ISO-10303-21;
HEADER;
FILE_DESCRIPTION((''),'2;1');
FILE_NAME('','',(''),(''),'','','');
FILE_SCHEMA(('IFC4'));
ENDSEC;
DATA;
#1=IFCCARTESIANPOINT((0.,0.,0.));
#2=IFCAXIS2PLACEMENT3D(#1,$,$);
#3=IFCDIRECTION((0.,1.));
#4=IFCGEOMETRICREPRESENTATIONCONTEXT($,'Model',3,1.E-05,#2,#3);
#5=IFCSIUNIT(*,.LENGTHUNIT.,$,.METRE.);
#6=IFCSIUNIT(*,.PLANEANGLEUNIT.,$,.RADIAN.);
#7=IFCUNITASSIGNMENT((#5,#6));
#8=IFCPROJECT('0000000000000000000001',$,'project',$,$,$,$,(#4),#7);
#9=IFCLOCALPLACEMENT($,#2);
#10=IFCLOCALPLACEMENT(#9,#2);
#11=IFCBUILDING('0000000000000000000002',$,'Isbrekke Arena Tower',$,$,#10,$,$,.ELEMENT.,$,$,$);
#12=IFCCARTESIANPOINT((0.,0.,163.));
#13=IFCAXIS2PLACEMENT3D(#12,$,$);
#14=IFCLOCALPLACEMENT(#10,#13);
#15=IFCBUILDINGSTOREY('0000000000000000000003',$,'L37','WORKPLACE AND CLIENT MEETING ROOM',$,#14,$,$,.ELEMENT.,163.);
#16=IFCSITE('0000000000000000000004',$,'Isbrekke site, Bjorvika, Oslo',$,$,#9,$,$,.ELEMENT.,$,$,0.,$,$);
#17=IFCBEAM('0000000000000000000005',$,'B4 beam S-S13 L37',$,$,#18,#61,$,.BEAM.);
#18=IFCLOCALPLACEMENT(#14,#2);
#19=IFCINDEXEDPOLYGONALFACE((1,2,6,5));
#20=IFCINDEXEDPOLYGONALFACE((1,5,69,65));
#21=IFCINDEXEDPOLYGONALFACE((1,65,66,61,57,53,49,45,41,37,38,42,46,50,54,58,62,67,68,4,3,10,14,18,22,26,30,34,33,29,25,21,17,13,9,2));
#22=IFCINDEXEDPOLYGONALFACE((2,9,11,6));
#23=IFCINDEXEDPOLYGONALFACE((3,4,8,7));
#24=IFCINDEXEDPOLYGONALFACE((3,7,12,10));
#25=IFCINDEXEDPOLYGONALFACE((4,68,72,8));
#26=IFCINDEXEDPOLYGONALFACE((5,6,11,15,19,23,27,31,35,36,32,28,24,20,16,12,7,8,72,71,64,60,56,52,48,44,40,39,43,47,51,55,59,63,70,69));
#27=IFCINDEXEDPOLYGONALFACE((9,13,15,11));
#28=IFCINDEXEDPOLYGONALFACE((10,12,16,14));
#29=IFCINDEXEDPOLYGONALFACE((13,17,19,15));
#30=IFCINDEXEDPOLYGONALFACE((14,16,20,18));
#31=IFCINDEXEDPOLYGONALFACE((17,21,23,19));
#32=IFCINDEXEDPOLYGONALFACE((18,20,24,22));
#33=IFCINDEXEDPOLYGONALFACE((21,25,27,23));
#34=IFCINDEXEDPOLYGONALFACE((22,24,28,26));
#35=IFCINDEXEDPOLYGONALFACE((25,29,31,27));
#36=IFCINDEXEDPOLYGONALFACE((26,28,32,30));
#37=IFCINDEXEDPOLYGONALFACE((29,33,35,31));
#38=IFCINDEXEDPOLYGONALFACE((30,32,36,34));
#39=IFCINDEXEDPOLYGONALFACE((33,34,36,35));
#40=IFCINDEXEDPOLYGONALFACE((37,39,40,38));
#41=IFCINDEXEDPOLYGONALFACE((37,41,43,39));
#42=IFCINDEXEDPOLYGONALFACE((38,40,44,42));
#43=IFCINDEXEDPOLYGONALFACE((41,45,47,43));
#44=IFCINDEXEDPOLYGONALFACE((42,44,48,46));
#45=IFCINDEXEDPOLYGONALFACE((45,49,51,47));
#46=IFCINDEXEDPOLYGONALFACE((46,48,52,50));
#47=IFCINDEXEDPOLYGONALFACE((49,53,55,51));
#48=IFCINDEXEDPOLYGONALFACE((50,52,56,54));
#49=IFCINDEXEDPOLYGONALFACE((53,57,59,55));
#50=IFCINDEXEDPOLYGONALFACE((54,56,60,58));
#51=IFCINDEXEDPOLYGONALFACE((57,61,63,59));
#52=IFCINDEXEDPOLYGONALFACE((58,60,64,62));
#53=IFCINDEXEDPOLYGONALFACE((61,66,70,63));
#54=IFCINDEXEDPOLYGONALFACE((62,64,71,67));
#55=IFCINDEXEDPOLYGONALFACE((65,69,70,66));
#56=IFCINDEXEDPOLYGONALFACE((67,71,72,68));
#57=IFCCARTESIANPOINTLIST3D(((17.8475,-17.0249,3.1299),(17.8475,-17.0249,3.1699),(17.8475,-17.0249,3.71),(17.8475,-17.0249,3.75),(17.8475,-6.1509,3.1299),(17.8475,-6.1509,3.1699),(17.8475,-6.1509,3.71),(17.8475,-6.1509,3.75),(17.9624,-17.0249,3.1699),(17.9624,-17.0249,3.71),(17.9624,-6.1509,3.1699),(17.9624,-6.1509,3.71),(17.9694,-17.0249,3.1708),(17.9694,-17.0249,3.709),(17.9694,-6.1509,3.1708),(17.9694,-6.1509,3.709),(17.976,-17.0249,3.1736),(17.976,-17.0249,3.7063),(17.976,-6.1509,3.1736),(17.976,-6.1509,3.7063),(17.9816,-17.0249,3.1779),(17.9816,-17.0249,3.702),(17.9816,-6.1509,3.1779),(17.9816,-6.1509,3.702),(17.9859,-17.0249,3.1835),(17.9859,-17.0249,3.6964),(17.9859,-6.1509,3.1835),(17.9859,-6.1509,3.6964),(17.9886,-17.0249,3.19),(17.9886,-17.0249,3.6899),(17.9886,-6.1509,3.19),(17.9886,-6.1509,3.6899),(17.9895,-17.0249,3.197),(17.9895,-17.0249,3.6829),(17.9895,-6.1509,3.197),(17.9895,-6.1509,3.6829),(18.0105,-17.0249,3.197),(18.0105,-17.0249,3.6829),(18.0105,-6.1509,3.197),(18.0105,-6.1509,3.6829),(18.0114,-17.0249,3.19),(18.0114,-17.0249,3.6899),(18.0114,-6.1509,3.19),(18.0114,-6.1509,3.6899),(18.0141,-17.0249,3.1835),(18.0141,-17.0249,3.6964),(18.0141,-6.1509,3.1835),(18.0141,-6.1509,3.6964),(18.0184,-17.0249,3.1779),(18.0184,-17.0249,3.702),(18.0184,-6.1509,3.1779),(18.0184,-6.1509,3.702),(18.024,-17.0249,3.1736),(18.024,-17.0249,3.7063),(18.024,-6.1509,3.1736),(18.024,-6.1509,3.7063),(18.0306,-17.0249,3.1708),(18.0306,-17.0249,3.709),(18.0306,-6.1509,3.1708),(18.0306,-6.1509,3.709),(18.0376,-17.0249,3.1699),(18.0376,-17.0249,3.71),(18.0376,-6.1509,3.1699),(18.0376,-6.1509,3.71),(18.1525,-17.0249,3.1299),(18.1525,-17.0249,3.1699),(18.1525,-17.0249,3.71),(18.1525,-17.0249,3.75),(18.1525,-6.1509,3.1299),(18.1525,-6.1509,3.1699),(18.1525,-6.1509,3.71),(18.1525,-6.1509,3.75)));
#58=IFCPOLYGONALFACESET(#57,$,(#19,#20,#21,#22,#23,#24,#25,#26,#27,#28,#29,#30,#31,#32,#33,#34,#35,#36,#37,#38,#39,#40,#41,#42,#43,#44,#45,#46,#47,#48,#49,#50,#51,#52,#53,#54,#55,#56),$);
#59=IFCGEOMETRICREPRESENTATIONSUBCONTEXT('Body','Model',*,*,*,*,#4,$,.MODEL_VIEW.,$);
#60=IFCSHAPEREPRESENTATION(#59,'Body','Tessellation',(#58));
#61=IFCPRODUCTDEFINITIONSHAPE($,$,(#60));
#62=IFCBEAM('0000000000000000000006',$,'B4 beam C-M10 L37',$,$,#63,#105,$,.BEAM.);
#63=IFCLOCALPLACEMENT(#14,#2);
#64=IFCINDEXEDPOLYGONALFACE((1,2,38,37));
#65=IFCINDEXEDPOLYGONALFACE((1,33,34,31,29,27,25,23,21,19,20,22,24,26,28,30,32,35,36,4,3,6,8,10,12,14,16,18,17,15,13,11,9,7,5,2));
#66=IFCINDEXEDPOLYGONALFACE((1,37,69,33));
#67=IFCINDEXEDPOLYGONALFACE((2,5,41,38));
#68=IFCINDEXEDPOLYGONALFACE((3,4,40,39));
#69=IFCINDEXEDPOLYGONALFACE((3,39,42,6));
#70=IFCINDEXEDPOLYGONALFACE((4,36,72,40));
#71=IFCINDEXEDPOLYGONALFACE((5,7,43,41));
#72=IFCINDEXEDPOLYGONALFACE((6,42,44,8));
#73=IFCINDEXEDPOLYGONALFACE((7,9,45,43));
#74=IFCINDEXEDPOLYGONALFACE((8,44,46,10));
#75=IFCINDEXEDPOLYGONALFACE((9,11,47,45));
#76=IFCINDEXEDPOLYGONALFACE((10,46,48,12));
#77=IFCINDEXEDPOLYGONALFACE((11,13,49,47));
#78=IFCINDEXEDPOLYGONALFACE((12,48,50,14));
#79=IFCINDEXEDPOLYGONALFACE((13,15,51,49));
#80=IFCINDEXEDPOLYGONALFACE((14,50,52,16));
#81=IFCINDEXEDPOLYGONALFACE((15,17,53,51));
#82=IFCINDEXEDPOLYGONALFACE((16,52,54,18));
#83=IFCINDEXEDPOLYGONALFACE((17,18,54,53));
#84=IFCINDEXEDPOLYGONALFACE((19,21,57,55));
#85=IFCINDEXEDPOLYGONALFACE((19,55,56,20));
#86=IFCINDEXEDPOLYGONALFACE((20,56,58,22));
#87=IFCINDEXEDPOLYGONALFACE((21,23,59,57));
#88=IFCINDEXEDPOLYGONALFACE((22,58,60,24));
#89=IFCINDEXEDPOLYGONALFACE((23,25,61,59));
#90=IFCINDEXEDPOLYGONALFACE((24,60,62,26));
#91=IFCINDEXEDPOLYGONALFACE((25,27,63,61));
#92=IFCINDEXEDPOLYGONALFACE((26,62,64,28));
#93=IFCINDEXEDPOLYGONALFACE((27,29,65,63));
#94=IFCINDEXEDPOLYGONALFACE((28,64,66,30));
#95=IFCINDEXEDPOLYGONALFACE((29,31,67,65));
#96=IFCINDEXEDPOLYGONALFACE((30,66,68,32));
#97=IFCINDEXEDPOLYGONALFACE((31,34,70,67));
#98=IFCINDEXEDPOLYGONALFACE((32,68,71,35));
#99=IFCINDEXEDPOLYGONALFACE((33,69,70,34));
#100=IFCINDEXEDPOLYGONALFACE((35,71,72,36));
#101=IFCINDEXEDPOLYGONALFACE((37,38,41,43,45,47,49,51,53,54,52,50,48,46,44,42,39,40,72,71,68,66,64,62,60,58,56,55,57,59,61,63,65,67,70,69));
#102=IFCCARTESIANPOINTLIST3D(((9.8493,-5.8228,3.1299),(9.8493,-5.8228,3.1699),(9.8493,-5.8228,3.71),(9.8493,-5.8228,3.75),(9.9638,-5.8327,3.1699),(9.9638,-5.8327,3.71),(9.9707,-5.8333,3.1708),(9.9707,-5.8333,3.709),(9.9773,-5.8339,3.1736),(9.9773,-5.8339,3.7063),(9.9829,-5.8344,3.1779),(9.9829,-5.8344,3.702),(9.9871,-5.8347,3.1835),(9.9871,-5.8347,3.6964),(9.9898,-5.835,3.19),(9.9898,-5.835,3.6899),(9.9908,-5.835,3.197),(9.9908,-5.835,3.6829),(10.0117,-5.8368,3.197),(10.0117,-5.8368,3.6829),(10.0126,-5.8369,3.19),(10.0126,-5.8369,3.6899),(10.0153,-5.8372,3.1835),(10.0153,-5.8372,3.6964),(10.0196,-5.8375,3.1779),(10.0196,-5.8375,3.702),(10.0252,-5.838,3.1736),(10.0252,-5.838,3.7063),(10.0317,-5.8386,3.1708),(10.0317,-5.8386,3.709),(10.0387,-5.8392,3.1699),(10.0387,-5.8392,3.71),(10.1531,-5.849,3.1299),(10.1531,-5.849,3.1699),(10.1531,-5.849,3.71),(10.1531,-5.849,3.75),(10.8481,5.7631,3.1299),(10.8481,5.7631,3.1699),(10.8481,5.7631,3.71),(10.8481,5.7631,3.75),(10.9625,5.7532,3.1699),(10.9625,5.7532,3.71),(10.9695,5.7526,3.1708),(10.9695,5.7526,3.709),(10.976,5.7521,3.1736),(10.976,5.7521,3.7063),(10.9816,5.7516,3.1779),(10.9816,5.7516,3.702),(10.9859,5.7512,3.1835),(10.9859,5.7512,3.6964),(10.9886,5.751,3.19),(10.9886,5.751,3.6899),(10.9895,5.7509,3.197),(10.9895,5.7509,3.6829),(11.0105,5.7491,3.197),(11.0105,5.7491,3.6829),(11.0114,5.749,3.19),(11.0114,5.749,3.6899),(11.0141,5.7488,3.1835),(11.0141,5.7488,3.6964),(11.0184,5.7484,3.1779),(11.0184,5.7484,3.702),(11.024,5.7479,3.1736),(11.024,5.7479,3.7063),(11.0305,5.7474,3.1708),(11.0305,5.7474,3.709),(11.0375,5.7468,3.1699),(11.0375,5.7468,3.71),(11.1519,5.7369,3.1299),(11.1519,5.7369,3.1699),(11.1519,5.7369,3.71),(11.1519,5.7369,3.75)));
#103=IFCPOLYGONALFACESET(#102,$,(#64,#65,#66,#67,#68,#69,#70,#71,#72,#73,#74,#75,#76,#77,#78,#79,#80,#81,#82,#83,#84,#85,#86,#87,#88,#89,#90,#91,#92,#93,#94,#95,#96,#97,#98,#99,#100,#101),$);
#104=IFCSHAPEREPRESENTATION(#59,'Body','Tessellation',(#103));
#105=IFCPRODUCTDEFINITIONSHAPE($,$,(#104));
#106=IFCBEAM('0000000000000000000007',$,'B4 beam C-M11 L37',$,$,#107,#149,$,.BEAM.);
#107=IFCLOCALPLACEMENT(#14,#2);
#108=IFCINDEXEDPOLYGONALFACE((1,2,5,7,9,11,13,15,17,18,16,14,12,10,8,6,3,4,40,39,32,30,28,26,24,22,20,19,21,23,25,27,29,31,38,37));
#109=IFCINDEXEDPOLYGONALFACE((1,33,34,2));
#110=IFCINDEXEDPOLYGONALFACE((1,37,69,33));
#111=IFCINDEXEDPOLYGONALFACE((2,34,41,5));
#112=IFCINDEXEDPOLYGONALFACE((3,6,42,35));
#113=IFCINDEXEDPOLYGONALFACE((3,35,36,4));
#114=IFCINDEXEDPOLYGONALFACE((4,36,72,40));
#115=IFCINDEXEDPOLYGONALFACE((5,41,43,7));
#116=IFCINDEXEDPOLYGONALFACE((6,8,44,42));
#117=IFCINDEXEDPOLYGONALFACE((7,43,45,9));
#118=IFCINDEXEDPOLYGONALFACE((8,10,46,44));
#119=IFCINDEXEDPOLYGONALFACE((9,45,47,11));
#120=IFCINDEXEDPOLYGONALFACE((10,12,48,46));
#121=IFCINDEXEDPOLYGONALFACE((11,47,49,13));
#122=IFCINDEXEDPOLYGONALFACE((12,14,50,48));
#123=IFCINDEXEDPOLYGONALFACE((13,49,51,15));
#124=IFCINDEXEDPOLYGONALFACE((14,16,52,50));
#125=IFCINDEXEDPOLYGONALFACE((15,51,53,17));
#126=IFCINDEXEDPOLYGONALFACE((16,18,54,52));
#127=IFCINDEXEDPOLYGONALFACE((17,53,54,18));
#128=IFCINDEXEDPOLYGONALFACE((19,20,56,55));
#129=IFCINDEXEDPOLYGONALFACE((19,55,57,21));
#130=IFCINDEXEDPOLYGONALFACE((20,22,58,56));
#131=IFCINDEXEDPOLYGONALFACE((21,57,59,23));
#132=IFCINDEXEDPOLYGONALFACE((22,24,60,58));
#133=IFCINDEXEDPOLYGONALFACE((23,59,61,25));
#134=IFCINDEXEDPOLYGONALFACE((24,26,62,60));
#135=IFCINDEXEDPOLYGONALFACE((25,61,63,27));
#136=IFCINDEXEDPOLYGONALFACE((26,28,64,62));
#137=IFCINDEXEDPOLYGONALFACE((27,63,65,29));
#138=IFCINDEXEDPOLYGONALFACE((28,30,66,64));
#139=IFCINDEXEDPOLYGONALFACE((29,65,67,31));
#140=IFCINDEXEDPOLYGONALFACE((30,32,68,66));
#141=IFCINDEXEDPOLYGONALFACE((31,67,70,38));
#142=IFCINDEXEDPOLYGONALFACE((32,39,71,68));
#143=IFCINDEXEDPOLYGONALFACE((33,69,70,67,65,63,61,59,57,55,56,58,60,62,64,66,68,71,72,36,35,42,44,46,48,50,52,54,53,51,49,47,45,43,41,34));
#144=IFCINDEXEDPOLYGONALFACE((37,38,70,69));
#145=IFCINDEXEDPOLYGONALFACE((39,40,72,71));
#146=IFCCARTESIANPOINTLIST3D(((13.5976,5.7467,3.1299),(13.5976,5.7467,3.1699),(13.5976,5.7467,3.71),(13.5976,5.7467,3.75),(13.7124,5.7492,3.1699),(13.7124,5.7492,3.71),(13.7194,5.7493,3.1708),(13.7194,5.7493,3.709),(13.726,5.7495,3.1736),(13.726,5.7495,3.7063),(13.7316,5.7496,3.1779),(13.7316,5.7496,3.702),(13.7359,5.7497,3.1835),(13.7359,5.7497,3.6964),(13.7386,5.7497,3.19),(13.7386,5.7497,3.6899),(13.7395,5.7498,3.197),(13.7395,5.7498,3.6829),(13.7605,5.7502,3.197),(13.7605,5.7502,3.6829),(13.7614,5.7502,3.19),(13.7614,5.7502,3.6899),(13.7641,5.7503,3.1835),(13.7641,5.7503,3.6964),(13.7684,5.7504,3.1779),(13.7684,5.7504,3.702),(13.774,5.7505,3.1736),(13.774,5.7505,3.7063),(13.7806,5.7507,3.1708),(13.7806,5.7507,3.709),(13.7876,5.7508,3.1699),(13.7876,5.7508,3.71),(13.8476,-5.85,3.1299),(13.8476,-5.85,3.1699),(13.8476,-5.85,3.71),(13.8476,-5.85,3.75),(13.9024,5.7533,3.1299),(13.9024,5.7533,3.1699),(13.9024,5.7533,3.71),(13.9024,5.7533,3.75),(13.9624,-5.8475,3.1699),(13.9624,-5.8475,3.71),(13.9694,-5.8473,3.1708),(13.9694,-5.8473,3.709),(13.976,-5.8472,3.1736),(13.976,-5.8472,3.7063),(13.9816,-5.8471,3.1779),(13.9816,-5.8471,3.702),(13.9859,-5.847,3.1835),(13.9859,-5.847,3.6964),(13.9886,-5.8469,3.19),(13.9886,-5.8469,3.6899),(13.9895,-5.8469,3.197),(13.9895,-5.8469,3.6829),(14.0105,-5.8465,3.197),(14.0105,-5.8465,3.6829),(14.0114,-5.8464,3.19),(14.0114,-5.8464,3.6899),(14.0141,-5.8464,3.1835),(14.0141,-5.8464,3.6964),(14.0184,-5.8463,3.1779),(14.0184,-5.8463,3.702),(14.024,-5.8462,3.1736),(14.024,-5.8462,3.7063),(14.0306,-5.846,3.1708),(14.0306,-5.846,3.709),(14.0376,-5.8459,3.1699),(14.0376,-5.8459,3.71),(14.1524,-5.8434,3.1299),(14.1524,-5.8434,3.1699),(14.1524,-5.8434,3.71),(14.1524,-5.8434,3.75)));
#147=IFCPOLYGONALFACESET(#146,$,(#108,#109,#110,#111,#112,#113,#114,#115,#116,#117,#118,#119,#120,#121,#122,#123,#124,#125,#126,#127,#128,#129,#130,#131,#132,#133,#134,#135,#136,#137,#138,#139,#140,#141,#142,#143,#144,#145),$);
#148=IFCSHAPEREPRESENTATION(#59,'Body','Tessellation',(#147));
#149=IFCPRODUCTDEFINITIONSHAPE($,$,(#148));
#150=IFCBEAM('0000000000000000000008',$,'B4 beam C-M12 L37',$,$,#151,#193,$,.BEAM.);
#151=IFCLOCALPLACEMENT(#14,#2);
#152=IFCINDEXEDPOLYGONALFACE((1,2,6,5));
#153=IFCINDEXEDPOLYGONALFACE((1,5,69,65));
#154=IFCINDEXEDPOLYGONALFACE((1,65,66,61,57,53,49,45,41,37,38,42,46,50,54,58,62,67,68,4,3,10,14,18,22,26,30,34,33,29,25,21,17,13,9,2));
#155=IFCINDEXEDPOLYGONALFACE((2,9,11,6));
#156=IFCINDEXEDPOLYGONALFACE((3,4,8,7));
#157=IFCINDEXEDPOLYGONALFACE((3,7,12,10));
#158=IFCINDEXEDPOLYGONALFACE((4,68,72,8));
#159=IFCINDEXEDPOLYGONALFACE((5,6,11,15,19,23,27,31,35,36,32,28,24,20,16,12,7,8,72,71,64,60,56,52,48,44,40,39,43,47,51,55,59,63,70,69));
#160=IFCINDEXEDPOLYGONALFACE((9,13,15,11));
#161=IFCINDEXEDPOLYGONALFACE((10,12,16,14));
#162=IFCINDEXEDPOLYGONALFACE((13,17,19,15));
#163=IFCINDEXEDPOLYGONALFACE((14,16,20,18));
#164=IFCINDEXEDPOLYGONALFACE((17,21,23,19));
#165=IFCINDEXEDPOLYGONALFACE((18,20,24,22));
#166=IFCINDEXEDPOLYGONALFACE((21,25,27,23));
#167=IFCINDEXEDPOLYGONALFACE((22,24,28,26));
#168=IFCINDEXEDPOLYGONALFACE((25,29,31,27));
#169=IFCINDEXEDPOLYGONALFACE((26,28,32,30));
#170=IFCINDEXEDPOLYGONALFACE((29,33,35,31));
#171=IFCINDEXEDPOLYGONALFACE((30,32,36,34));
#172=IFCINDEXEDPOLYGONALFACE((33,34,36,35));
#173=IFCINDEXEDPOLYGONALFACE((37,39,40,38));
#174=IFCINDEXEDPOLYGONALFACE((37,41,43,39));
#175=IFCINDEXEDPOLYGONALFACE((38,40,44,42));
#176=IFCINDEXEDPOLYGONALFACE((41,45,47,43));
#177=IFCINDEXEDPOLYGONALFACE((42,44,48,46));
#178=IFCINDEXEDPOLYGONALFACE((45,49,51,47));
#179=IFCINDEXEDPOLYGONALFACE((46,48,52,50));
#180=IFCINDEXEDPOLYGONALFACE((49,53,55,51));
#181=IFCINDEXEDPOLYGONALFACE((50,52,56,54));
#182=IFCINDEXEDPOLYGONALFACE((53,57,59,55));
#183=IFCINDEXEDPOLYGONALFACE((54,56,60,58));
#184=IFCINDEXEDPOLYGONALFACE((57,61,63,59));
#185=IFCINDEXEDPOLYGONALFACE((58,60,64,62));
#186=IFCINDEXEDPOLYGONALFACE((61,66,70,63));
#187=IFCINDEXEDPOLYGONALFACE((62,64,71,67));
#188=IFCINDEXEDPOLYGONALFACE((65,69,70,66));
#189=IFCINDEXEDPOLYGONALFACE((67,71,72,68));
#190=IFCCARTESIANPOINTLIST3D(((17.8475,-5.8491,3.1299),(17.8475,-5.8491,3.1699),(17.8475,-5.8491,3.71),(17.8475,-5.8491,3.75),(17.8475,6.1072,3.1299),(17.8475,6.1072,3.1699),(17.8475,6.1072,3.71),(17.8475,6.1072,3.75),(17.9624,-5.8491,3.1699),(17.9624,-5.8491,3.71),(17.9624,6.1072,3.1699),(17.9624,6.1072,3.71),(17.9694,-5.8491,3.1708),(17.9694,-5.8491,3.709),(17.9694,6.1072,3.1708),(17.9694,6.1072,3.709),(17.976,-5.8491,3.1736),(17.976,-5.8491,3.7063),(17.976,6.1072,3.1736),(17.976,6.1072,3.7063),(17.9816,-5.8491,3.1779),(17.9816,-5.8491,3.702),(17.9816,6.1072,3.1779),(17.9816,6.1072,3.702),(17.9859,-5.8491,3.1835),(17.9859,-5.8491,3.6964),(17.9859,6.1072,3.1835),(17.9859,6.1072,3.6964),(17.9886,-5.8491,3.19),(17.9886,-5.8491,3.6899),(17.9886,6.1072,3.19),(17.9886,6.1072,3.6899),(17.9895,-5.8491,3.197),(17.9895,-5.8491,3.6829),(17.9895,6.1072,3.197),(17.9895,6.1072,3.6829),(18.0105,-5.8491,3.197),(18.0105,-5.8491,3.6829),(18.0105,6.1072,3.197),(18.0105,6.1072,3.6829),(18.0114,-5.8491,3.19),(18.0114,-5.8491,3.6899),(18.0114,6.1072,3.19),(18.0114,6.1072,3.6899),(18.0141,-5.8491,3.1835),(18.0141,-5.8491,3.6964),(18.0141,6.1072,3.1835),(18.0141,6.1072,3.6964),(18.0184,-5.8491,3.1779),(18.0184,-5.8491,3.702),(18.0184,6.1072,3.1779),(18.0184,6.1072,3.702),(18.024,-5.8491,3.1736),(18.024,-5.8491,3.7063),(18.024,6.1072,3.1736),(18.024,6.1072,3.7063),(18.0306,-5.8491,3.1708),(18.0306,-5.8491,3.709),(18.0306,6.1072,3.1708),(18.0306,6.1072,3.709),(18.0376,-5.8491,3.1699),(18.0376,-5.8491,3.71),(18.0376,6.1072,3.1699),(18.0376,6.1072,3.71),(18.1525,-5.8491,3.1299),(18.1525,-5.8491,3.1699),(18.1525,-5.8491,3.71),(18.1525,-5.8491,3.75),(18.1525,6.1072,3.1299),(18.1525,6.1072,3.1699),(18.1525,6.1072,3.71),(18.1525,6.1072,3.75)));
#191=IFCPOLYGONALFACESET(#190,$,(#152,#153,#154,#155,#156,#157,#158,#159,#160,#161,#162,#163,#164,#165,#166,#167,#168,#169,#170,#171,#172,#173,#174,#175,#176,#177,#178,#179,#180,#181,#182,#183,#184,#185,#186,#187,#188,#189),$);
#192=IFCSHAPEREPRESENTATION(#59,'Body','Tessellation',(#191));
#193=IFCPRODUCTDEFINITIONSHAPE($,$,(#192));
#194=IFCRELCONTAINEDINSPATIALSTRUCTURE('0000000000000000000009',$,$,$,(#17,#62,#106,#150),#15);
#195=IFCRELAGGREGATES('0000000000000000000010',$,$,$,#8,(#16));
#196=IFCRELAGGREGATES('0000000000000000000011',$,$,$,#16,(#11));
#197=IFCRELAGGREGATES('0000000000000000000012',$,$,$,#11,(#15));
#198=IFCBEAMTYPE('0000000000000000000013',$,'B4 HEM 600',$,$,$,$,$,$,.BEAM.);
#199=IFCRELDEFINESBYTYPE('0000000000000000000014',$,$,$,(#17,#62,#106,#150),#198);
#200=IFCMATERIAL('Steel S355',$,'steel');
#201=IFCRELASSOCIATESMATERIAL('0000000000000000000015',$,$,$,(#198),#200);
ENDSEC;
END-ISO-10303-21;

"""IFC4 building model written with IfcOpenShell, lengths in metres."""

from ifc_helpers import new_model, si_unit, direction, frame, origin, origin_2d, place, context, subcontext, project, spatial, i_section, extrude, material, material_profile, profile_set, type_object, element, save


model = new_model("IFC4")

# Units and contexts
model_context = context("Model", 3, precision=1e-05, world=origin(), true_north=direction((0.0, 1.0)))
body_context = subcontext(model_context, "Body", "Model", "MODEL_VIEW")
ifc_project = project(units=[si_unit("LENGTHUNIT", "METRE"), si_unit("PLANEANGLEUNIT", "RADIAN")], contexts=[model_context])

# Site, building, storey
site_placement = place(None, origin())
site = spatial("IfcSite", under=ifc_project, at=site_placement, Name="Isbrekke site, Bjorvika, Oslo", CompositionType="ELEMENT", RefElevation=0.0)
building_placement = place(site_placement, origin())
building = spatial("IfcBuilding", under=site, at=building_placement, Name="Isbrekke Arena Tower", CompositionType="ELEMENT")
storey_placement = place(building_placement, frame((0.0, 0.0, 163.0)))
storey = spatial("IfcBuildingStorey", under=building, at=storey_placement, Name="L37", Description="WORKPLACE AND CLIENT MEETING ROOM", CompositionType="ELEMENT", Elevation=163.0)

# Beams
ifc_material_1 = material(Name="Steel S355", Category="steel")
ifc_material_profile_1 = material_profile(ifc_material_1, i_section(OverallWidth=0.3049, OverallDepth=0.6201, WebThickness=0.021, FlangeThickness=0.04, FilletRadius=0.0271, at=origin_2d()), Name="HEM 600")
ifc_profile_set_1 = profile_set([ifc_material_profile_1], Name="Steel S355")
beam_type_1 = type_object("IfcBeamType", Name="B4 HEM 600", PredefinedType="BEAM", material=ifc_profile_set_1)
beam_1_placement = place(storey_placement, frame((18.0, -17.0249, 3.4399), z_axis=(0.0, 1.0, 0.0), x_axis=(-1.0, 0.0, 0.0)))
element("IfcBeam", 1, at=beam_1_placement, inside=storey, type_object=beam_type_1, Name="B4 beam S-S13 L37", PredefinedType="BEAM", context=body_context, shape_type="SweptSolid", body=[
    extrude(i_section(OverallWidth=0.3049, OverallDepth=0.6201, WebThickness=0.021, FlangeThickness=0.04, FilletRadius=0.0271, at=origin_2d()), origin(), (0.0, 0.0, 1.0), 10.874),
])
beam_2_placement = place(storey_placement, frame((10.0012, -5.8359, 3.4399), z_axis=(0.085888, 0.996305, 0.0), x_axis=(-0.996305, 0.085888, 0.0)))
element("IfcBeam", 2, at=beam_2_placement, inside=storey, type_object=beam_type_1, Name="B4 beam C-M10 L37", PredefinedType="BEAM", context=body_context, shape_type="SweptSolid", body=[
    extrude(i_section(OverallWidth=0.3049, OverallDepth=0.6201, WebThickness=0.021, FlangeThickness=0.04, FilletRadius=0.0271, at=origin_2d()), origin(), (0.0, 0.0, 1.0), 11.6289),
])
beam_3_placement = place(storey_placement, frame((14.0, -5.8467, 3.4399), z_axis=(-0.021553, 0.999768, 0.0), x_axis=(-0.999768, -0.021553, 0.0)))
element("IfcBeam", 3, at=beam_3_placement, inside=storey, type_object=beam_type_1, Name="B4 beam C-M11 L37", PredefinedType="BEAM", context=body_context, shape_type="SweptSolid", body=[
    extrude(i_section(OverallWidth=0.3049, OverallDepth=0.6201, WebThickness=0.021, FlangeThickness=0.04, FilletRadius=0.0271, at=origin_2d()), origin(), (0.0, 0.0, 1.0), 11.5994),
])
beam_4_placement = place(storey_placement, frame((18.0, -5.8491, 3.4399), z_axis=(0.0, 1.0, 0.0), x_axis=(-1.0, 0.0, 0.0)))
element("IfcBeam", 4, at=beam_4_placement, inside=storey, type_object=beam_type_1, Name="B4 beam C-M12 L37", PredefinedType="BEAM", context=body_context, shape_type="SweptSolid", body=[
    extrude(i_section(OverallWidth=0.3049, OverallDepth=0.6201, WebThickness=0.021, FlangeThickness=0.04, FilletRadius=0.0271, at=origin_2d()), origin(), (0.0, 0.0, 1.0), 11.9563),
])

save(model, "model.ifc")
